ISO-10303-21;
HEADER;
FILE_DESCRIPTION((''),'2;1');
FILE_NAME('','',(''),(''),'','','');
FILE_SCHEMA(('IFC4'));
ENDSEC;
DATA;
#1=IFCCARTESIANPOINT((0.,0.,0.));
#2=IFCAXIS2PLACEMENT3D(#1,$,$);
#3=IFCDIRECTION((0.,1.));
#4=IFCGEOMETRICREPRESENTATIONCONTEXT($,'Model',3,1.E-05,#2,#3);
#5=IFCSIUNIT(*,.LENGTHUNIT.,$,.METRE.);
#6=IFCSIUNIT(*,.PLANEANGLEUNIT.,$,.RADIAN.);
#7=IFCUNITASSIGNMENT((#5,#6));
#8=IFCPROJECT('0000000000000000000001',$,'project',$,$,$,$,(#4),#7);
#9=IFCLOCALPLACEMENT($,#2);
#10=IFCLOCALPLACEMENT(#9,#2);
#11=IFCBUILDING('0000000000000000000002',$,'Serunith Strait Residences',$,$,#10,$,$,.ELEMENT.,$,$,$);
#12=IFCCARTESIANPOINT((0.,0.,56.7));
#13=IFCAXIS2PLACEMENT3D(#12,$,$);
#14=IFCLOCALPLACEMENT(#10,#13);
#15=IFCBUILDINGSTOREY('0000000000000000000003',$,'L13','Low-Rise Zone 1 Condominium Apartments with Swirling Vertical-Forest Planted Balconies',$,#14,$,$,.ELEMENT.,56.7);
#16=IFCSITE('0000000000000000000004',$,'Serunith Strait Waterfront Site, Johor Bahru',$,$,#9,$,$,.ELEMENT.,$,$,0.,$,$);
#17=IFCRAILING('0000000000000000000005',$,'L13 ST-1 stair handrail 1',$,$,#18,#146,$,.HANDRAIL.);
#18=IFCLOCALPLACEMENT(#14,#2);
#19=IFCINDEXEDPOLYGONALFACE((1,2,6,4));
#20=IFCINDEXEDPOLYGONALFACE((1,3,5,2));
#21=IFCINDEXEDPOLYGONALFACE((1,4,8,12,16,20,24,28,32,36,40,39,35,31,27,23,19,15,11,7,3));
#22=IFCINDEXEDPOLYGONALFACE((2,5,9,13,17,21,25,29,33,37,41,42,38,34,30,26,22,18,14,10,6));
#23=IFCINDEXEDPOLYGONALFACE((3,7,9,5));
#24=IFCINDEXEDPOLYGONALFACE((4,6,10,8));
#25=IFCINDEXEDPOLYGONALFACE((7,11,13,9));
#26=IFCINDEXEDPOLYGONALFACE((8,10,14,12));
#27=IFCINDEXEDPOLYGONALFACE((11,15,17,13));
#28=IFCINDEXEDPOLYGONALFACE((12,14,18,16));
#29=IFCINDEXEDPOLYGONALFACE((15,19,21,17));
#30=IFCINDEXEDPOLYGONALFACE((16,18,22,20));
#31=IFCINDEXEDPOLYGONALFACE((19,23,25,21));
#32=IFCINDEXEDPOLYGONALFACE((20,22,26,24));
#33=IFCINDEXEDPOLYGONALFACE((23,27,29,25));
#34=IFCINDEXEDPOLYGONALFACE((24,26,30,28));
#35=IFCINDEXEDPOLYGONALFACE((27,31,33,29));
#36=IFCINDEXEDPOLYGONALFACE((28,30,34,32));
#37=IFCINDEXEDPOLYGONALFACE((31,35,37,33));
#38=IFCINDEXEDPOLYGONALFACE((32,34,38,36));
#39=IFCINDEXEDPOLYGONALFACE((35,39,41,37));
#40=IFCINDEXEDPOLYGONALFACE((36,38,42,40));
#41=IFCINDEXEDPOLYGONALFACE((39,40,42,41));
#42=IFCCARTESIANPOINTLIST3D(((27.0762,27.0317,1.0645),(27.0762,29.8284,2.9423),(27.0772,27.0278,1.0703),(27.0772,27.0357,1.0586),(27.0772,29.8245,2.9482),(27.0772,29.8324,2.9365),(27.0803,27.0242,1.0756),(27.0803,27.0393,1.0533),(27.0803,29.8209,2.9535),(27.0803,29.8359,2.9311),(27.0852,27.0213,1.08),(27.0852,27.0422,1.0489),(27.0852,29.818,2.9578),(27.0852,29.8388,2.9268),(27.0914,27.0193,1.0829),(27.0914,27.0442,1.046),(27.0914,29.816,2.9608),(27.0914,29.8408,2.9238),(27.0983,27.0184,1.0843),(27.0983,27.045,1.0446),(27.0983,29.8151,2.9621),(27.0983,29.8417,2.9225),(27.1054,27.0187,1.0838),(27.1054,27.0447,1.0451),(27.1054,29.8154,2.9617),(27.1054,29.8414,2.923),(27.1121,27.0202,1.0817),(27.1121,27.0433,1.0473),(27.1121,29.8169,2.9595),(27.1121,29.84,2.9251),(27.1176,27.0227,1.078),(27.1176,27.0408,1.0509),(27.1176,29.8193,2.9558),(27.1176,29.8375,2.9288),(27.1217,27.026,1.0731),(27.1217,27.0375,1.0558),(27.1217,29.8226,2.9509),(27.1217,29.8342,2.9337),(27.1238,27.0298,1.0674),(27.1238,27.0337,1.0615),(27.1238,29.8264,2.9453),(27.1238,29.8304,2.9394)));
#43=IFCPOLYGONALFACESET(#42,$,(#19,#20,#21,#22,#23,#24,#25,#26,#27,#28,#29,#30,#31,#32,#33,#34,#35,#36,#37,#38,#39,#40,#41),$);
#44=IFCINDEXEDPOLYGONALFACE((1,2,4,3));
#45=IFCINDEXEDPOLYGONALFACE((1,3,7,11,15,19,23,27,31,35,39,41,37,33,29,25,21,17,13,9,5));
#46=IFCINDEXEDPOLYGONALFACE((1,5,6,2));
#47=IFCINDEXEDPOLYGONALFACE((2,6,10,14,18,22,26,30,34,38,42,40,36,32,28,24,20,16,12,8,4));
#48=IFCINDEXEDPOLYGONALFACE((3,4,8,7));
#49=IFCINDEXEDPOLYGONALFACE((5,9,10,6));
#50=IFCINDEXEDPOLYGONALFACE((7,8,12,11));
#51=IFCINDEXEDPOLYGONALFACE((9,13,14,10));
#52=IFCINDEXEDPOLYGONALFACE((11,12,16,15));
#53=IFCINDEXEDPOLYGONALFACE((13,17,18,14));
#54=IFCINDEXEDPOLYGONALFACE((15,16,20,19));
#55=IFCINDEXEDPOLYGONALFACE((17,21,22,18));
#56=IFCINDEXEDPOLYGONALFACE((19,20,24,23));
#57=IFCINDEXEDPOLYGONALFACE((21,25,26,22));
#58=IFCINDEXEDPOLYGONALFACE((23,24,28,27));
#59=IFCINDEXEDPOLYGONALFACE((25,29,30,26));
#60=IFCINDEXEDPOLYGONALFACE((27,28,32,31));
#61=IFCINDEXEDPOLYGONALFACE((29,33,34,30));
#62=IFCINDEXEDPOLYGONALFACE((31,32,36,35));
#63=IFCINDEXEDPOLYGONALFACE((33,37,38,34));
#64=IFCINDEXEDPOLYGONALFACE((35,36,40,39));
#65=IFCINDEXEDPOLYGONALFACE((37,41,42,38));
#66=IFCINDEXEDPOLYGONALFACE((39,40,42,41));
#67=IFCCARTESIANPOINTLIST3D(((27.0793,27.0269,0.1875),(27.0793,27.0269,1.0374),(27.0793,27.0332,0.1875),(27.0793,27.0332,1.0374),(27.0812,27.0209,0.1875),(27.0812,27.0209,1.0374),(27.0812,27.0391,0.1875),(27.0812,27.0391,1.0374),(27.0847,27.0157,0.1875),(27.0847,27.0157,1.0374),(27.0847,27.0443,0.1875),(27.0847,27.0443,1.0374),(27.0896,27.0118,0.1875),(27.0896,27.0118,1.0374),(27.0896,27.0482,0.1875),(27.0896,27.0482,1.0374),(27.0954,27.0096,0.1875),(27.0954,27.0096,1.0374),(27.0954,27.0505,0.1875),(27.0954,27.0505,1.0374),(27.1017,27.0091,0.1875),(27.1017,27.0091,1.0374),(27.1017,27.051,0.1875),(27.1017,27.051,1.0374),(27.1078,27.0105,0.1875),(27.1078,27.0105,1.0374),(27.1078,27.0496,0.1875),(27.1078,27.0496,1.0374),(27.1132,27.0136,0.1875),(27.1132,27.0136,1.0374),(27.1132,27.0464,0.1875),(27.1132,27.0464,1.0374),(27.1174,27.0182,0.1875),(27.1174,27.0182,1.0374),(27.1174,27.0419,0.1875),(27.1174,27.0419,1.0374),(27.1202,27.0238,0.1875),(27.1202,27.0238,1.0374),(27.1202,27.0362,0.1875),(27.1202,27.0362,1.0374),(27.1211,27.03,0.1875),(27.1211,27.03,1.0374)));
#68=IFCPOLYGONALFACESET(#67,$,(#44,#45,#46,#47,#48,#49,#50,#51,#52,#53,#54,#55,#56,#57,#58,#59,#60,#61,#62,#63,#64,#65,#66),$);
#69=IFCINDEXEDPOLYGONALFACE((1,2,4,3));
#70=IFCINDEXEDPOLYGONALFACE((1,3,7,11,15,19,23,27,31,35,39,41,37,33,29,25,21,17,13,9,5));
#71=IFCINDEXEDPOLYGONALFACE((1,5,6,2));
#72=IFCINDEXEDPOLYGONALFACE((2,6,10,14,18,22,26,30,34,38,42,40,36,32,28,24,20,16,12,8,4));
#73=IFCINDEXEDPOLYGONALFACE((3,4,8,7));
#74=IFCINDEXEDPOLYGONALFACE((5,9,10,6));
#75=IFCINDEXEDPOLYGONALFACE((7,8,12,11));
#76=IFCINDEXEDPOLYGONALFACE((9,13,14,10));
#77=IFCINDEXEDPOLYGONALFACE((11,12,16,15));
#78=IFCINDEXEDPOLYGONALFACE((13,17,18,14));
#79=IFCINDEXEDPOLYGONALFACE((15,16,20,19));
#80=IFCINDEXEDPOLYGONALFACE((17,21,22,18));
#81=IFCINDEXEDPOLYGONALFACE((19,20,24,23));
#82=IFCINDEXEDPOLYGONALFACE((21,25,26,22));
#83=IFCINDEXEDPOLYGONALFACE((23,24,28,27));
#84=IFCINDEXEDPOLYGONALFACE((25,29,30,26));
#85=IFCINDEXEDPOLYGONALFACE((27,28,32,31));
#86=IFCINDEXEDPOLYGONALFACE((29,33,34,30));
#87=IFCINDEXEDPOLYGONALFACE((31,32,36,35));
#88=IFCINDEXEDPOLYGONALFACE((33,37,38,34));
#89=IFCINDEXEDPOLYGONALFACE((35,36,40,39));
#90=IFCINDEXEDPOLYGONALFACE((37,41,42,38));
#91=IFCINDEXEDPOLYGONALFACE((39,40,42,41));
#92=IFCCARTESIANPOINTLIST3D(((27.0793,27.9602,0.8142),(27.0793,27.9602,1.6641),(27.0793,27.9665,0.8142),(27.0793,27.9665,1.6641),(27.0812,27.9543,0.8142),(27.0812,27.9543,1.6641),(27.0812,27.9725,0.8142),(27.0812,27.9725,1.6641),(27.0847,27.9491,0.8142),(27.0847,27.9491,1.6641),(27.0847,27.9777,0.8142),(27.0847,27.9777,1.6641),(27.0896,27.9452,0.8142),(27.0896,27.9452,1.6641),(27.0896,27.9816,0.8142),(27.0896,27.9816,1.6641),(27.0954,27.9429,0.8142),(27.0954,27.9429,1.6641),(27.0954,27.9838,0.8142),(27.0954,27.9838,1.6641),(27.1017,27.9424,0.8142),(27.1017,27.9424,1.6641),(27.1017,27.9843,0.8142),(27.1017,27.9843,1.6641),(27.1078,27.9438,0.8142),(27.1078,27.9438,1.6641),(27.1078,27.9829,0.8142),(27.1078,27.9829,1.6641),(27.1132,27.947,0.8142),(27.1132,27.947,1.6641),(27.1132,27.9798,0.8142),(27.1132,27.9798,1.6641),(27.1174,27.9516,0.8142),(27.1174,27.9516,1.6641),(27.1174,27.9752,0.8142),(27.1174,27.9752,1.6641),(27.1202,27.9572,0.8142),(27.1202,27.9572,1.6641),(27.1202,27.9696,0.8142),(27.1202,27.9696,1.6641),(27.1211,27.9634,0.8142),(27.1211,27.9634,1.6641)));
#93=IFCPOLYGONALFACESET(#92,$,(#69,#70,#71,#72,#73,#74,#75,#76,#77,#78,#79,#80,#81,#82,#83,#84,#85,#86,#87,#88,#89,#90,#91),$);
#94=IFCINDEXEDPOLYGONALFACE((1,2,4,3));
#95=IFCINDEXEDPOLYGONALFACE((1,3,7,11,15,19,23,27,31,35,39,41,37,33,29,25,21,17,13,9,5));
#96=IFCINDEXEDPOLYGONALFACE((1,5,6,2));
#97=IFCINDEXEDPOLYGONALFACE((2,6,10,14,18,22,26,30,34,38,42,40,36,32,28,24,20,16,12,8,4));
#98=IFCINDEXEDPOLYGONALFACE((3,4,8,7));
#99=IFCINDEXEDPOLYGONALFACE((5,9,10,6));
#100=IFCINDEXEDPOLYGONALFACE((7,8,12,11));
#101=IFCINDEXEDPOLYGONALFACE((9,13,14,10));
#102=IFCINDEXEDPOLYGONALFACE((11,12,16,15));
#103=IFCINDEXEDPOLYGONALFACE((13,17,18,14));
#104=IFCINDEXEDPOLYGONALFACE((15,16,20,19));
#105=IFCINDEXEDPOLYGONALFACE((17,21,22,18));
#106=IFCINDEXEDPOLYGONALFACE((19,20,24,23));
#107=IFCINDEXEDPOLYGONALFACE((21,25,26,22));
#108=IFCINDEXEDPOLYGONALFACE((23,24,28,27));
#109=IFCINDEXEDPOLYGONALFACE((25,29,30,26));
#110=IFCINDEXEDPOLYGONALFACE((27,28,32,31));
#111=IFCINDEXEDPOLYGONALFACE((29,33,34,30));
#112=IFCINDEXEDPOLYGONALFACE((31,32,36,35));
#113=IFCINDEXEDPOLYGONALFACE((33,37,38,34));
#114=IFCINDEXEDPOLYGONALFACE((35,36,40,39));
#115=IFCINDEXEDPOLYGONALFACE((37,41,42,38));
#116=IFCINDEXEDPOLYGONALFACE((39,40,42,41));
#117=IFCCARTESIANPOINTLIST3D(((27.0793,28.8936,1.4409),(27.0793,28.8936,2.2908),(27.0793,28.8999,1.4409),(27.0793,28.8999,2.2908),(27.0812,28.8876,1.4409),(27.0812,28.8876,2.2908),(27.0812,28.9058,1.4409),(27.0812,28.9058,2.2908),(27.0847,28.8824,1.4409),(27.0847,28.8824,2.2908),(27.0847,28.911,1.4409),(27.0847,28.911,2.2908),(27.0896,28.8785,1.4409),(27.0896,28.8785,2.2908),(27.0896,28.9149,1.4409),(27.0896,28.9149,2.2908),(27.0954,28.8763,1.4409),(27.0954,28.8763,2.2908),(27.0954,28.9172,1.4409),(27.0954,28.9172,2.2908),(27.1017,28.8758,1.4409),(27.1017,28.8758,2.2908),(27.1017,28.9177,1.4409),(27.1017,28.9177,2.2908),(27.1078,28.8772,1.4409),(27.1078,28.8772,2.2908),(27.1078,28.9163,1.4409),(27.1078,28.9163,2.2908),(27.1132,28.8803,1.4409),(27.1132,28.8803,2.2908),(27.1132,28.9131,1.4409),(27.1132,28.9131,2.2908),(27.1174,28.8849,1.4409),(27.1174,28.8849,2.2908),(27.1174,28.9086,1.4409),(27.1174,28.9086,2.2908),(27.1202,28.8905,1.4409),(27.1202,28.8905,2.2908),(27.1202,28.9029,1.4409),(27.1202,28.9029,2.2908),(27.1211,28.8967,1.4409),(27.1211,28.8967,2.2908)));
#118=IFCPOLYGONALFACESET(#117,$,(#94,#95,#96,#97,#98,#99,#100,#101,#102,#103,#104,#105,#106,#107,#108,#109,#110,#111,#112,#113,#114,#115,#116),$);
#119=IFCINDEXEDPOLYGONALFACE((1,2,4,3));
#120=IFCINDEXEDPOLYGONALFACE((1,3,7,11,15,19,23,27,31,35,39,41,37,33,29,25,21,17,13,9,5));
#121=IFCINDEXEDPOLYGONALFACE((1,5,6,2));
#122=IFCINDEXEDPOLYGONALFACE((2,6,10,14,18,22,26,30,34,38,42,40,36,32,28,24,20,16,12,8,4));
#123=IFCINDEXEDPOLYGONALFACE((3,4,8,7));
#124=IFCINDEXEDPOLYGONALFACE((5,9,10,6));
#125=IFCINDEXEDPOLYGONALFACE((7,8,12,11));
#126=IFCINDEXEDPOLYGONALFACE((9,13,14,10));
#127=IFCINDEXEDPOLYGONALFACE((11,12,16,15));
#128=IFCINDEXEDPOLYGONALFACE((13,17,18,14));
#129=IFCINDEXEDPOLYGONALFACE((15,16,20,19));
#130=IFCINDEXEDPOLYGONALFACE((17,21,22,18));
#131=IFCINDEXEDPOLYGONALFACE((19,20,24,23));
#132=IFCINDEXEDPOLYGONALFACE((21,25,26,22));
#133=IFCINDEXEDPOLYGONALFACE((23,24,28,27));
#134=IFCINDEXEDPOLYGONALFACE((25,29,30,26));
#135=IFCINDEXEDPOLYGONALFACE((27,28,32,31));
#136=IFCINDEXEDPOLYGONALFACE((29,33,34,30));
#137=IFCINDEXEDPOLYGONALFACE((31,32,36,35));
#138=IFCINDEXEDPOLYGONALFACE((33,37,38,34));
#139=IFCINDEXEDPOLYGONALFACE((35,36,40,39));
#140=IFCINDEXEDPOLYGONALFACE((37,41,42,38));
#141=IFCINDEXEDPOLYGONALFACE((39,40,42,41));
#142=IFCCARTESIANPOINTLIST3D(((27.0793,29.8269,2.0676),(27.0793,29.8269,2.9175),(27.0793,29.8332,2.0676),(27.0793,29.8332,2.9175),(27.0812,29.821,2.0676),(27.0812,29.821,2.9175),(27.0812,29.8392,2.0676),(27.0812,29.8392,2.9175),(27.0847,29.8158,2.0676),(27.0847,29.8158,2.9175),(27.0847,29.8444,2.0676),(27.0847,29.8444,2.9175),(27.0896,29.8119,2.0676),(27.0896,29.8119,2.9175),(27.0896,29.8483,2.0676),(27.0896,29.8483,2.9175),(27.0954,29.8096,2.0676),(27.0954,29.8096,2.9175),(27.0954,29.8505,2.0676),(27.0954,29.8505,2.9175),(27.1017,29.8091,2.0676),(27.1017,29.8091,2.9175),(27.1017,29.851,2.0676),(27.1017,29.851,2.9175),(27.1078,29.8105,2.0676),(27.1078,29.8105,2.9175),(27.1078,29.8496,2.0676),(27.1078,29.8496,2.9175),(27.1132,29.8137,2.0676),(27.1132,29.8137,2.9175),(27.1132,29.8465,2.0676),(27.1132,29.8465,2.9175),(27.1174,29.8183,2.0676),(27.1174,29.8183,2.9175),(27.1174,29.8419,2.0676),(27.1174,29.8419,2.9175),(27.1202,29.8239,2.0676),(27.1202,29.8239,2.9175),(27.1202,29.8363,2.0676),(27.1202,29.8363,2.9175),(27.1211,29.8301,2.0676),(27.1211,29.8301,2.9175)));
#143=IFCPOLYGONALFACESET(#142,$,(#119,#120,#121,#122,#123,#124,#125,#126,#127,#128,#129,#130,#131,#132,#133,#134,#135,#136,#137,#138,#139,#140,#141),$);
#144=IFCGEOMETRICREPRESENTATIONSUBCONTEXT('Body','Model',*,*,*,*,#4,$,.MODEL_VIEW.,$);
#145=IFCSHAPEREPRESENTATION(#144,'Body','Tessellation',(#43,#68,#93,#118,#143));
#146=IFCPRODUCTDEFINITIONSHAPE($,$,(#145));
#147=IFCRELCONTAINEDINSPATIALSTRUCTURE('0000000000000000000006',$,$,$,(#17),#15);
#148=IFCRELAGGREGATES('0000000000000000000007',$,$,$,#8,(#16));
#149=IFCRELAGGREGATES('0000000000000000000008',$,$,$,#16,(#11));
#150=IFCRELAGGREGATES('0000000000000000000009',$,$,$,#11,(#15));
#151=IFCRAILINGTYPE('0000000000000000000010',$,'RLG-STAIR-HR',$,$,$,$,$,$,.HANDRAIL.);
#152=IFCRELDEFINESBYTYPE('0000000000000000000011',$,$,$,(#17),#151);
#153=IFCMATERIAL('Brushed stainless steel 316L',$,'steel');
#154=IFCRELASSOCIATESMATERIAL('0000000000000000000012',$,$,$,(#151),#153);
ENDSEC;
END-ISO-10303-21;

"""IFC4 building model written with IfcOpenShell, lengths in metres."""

from ifc_helpers import new_model, si_unit, direction, frame, origin, origin_2d, place, context, subcontext, project, spatial, circle, extrude, material, type_object, element, save


model = new_model("IFC4")

# Units and contexts
model_context = context("Model", 3, precision=1e-05, world=origin(), true_north=direction((0.0, 1.0)))
body_context = subcontext(model_context, "Body", "Model", "MODEL_VIEW")
ifc_project = project(units=[si_unit("LENGTHUNIT", "METRE"), si_unit("PLANEANGLEUNIT", "RADIAN")], contexts=[model_context])

# Site, building, storey
site_placement = place(None, origin())
site = spatial("IfcSite", under=ifc_project, at=site_placement, Name="Serunith Strait Waterfront Site, Johor Bahru", CompositionType="ELEMENT", RefElevation=0.0)
building_placement = place(site_placement, origin())
building = spatial("IfcBuilding", under=site, at=building_placement, Name="Serunith Strait Residences", CompositionType="ELEMENT")
storey_placement = place(building_placement, frame((0.0, 0.0, 56.7)))
storey = spatial("IfcBuildingStorey", under=building, at=storey_placement, Name="L13", Description="Low-Rise Zone 1 Condominium Apartments with Swirling Vertical-Forest Planted Balconies", CompositionType="ELEMENT", Elevation=56.7)

# Railing
ifc_material_1 = material(Name="Brushed stainless steel 316L", Category="steel")
railing_type_1 = type_object("IfcRailingType", Name="RLG-STAIR-HR", PredefinedType="HANDRAIL", material=ifc_material_1)
railing_1_placement = place(storey_placement, frame((27.1001, 27.03, 0.1875)))
element("IfcRailing", 1, at=railing_1_placement, inside=storey, type_object=railing_type_1, Name="L13 ST-1 stair handrail 1", PredefinedType="HANDRAIL", context=body_context, shape_type="SweptSolid", body=[
    extrude(circle(Radius=0.0239, at=origin_2d()), frame((0.0, 0.0017, 0.877), z_axis=(0.0, 0.830208, 0.557453), x_axis=(-1.0, 0.0, 0.0)), (0.0, 0.0, 1.0), 3.3687),
    extrude(circle(Radius=0.021, at=origin_2d()), origin(), (0.0, 0.0, 1.0), 0.8499),
    extrude(circle(Radius=0.021, at=origin_2d()), frame((0.0, 0.9333, 0.6267)), (0.0, 0.0, 1.0), 0.8499),
    extrude(circle(Radius=0.021, at=origin_2d()), frame((0.0, 1.8667, 1.2534)), (0.0, 0.0, 1.0), 0.8499),
    extrude(circle(Radius=0.021, at=origin_2d()), frame((0.0, 2.8, 1.8801)), (0.0, 0.0, 1.0), 0.8499),
])

save(model, "model.ifc")
